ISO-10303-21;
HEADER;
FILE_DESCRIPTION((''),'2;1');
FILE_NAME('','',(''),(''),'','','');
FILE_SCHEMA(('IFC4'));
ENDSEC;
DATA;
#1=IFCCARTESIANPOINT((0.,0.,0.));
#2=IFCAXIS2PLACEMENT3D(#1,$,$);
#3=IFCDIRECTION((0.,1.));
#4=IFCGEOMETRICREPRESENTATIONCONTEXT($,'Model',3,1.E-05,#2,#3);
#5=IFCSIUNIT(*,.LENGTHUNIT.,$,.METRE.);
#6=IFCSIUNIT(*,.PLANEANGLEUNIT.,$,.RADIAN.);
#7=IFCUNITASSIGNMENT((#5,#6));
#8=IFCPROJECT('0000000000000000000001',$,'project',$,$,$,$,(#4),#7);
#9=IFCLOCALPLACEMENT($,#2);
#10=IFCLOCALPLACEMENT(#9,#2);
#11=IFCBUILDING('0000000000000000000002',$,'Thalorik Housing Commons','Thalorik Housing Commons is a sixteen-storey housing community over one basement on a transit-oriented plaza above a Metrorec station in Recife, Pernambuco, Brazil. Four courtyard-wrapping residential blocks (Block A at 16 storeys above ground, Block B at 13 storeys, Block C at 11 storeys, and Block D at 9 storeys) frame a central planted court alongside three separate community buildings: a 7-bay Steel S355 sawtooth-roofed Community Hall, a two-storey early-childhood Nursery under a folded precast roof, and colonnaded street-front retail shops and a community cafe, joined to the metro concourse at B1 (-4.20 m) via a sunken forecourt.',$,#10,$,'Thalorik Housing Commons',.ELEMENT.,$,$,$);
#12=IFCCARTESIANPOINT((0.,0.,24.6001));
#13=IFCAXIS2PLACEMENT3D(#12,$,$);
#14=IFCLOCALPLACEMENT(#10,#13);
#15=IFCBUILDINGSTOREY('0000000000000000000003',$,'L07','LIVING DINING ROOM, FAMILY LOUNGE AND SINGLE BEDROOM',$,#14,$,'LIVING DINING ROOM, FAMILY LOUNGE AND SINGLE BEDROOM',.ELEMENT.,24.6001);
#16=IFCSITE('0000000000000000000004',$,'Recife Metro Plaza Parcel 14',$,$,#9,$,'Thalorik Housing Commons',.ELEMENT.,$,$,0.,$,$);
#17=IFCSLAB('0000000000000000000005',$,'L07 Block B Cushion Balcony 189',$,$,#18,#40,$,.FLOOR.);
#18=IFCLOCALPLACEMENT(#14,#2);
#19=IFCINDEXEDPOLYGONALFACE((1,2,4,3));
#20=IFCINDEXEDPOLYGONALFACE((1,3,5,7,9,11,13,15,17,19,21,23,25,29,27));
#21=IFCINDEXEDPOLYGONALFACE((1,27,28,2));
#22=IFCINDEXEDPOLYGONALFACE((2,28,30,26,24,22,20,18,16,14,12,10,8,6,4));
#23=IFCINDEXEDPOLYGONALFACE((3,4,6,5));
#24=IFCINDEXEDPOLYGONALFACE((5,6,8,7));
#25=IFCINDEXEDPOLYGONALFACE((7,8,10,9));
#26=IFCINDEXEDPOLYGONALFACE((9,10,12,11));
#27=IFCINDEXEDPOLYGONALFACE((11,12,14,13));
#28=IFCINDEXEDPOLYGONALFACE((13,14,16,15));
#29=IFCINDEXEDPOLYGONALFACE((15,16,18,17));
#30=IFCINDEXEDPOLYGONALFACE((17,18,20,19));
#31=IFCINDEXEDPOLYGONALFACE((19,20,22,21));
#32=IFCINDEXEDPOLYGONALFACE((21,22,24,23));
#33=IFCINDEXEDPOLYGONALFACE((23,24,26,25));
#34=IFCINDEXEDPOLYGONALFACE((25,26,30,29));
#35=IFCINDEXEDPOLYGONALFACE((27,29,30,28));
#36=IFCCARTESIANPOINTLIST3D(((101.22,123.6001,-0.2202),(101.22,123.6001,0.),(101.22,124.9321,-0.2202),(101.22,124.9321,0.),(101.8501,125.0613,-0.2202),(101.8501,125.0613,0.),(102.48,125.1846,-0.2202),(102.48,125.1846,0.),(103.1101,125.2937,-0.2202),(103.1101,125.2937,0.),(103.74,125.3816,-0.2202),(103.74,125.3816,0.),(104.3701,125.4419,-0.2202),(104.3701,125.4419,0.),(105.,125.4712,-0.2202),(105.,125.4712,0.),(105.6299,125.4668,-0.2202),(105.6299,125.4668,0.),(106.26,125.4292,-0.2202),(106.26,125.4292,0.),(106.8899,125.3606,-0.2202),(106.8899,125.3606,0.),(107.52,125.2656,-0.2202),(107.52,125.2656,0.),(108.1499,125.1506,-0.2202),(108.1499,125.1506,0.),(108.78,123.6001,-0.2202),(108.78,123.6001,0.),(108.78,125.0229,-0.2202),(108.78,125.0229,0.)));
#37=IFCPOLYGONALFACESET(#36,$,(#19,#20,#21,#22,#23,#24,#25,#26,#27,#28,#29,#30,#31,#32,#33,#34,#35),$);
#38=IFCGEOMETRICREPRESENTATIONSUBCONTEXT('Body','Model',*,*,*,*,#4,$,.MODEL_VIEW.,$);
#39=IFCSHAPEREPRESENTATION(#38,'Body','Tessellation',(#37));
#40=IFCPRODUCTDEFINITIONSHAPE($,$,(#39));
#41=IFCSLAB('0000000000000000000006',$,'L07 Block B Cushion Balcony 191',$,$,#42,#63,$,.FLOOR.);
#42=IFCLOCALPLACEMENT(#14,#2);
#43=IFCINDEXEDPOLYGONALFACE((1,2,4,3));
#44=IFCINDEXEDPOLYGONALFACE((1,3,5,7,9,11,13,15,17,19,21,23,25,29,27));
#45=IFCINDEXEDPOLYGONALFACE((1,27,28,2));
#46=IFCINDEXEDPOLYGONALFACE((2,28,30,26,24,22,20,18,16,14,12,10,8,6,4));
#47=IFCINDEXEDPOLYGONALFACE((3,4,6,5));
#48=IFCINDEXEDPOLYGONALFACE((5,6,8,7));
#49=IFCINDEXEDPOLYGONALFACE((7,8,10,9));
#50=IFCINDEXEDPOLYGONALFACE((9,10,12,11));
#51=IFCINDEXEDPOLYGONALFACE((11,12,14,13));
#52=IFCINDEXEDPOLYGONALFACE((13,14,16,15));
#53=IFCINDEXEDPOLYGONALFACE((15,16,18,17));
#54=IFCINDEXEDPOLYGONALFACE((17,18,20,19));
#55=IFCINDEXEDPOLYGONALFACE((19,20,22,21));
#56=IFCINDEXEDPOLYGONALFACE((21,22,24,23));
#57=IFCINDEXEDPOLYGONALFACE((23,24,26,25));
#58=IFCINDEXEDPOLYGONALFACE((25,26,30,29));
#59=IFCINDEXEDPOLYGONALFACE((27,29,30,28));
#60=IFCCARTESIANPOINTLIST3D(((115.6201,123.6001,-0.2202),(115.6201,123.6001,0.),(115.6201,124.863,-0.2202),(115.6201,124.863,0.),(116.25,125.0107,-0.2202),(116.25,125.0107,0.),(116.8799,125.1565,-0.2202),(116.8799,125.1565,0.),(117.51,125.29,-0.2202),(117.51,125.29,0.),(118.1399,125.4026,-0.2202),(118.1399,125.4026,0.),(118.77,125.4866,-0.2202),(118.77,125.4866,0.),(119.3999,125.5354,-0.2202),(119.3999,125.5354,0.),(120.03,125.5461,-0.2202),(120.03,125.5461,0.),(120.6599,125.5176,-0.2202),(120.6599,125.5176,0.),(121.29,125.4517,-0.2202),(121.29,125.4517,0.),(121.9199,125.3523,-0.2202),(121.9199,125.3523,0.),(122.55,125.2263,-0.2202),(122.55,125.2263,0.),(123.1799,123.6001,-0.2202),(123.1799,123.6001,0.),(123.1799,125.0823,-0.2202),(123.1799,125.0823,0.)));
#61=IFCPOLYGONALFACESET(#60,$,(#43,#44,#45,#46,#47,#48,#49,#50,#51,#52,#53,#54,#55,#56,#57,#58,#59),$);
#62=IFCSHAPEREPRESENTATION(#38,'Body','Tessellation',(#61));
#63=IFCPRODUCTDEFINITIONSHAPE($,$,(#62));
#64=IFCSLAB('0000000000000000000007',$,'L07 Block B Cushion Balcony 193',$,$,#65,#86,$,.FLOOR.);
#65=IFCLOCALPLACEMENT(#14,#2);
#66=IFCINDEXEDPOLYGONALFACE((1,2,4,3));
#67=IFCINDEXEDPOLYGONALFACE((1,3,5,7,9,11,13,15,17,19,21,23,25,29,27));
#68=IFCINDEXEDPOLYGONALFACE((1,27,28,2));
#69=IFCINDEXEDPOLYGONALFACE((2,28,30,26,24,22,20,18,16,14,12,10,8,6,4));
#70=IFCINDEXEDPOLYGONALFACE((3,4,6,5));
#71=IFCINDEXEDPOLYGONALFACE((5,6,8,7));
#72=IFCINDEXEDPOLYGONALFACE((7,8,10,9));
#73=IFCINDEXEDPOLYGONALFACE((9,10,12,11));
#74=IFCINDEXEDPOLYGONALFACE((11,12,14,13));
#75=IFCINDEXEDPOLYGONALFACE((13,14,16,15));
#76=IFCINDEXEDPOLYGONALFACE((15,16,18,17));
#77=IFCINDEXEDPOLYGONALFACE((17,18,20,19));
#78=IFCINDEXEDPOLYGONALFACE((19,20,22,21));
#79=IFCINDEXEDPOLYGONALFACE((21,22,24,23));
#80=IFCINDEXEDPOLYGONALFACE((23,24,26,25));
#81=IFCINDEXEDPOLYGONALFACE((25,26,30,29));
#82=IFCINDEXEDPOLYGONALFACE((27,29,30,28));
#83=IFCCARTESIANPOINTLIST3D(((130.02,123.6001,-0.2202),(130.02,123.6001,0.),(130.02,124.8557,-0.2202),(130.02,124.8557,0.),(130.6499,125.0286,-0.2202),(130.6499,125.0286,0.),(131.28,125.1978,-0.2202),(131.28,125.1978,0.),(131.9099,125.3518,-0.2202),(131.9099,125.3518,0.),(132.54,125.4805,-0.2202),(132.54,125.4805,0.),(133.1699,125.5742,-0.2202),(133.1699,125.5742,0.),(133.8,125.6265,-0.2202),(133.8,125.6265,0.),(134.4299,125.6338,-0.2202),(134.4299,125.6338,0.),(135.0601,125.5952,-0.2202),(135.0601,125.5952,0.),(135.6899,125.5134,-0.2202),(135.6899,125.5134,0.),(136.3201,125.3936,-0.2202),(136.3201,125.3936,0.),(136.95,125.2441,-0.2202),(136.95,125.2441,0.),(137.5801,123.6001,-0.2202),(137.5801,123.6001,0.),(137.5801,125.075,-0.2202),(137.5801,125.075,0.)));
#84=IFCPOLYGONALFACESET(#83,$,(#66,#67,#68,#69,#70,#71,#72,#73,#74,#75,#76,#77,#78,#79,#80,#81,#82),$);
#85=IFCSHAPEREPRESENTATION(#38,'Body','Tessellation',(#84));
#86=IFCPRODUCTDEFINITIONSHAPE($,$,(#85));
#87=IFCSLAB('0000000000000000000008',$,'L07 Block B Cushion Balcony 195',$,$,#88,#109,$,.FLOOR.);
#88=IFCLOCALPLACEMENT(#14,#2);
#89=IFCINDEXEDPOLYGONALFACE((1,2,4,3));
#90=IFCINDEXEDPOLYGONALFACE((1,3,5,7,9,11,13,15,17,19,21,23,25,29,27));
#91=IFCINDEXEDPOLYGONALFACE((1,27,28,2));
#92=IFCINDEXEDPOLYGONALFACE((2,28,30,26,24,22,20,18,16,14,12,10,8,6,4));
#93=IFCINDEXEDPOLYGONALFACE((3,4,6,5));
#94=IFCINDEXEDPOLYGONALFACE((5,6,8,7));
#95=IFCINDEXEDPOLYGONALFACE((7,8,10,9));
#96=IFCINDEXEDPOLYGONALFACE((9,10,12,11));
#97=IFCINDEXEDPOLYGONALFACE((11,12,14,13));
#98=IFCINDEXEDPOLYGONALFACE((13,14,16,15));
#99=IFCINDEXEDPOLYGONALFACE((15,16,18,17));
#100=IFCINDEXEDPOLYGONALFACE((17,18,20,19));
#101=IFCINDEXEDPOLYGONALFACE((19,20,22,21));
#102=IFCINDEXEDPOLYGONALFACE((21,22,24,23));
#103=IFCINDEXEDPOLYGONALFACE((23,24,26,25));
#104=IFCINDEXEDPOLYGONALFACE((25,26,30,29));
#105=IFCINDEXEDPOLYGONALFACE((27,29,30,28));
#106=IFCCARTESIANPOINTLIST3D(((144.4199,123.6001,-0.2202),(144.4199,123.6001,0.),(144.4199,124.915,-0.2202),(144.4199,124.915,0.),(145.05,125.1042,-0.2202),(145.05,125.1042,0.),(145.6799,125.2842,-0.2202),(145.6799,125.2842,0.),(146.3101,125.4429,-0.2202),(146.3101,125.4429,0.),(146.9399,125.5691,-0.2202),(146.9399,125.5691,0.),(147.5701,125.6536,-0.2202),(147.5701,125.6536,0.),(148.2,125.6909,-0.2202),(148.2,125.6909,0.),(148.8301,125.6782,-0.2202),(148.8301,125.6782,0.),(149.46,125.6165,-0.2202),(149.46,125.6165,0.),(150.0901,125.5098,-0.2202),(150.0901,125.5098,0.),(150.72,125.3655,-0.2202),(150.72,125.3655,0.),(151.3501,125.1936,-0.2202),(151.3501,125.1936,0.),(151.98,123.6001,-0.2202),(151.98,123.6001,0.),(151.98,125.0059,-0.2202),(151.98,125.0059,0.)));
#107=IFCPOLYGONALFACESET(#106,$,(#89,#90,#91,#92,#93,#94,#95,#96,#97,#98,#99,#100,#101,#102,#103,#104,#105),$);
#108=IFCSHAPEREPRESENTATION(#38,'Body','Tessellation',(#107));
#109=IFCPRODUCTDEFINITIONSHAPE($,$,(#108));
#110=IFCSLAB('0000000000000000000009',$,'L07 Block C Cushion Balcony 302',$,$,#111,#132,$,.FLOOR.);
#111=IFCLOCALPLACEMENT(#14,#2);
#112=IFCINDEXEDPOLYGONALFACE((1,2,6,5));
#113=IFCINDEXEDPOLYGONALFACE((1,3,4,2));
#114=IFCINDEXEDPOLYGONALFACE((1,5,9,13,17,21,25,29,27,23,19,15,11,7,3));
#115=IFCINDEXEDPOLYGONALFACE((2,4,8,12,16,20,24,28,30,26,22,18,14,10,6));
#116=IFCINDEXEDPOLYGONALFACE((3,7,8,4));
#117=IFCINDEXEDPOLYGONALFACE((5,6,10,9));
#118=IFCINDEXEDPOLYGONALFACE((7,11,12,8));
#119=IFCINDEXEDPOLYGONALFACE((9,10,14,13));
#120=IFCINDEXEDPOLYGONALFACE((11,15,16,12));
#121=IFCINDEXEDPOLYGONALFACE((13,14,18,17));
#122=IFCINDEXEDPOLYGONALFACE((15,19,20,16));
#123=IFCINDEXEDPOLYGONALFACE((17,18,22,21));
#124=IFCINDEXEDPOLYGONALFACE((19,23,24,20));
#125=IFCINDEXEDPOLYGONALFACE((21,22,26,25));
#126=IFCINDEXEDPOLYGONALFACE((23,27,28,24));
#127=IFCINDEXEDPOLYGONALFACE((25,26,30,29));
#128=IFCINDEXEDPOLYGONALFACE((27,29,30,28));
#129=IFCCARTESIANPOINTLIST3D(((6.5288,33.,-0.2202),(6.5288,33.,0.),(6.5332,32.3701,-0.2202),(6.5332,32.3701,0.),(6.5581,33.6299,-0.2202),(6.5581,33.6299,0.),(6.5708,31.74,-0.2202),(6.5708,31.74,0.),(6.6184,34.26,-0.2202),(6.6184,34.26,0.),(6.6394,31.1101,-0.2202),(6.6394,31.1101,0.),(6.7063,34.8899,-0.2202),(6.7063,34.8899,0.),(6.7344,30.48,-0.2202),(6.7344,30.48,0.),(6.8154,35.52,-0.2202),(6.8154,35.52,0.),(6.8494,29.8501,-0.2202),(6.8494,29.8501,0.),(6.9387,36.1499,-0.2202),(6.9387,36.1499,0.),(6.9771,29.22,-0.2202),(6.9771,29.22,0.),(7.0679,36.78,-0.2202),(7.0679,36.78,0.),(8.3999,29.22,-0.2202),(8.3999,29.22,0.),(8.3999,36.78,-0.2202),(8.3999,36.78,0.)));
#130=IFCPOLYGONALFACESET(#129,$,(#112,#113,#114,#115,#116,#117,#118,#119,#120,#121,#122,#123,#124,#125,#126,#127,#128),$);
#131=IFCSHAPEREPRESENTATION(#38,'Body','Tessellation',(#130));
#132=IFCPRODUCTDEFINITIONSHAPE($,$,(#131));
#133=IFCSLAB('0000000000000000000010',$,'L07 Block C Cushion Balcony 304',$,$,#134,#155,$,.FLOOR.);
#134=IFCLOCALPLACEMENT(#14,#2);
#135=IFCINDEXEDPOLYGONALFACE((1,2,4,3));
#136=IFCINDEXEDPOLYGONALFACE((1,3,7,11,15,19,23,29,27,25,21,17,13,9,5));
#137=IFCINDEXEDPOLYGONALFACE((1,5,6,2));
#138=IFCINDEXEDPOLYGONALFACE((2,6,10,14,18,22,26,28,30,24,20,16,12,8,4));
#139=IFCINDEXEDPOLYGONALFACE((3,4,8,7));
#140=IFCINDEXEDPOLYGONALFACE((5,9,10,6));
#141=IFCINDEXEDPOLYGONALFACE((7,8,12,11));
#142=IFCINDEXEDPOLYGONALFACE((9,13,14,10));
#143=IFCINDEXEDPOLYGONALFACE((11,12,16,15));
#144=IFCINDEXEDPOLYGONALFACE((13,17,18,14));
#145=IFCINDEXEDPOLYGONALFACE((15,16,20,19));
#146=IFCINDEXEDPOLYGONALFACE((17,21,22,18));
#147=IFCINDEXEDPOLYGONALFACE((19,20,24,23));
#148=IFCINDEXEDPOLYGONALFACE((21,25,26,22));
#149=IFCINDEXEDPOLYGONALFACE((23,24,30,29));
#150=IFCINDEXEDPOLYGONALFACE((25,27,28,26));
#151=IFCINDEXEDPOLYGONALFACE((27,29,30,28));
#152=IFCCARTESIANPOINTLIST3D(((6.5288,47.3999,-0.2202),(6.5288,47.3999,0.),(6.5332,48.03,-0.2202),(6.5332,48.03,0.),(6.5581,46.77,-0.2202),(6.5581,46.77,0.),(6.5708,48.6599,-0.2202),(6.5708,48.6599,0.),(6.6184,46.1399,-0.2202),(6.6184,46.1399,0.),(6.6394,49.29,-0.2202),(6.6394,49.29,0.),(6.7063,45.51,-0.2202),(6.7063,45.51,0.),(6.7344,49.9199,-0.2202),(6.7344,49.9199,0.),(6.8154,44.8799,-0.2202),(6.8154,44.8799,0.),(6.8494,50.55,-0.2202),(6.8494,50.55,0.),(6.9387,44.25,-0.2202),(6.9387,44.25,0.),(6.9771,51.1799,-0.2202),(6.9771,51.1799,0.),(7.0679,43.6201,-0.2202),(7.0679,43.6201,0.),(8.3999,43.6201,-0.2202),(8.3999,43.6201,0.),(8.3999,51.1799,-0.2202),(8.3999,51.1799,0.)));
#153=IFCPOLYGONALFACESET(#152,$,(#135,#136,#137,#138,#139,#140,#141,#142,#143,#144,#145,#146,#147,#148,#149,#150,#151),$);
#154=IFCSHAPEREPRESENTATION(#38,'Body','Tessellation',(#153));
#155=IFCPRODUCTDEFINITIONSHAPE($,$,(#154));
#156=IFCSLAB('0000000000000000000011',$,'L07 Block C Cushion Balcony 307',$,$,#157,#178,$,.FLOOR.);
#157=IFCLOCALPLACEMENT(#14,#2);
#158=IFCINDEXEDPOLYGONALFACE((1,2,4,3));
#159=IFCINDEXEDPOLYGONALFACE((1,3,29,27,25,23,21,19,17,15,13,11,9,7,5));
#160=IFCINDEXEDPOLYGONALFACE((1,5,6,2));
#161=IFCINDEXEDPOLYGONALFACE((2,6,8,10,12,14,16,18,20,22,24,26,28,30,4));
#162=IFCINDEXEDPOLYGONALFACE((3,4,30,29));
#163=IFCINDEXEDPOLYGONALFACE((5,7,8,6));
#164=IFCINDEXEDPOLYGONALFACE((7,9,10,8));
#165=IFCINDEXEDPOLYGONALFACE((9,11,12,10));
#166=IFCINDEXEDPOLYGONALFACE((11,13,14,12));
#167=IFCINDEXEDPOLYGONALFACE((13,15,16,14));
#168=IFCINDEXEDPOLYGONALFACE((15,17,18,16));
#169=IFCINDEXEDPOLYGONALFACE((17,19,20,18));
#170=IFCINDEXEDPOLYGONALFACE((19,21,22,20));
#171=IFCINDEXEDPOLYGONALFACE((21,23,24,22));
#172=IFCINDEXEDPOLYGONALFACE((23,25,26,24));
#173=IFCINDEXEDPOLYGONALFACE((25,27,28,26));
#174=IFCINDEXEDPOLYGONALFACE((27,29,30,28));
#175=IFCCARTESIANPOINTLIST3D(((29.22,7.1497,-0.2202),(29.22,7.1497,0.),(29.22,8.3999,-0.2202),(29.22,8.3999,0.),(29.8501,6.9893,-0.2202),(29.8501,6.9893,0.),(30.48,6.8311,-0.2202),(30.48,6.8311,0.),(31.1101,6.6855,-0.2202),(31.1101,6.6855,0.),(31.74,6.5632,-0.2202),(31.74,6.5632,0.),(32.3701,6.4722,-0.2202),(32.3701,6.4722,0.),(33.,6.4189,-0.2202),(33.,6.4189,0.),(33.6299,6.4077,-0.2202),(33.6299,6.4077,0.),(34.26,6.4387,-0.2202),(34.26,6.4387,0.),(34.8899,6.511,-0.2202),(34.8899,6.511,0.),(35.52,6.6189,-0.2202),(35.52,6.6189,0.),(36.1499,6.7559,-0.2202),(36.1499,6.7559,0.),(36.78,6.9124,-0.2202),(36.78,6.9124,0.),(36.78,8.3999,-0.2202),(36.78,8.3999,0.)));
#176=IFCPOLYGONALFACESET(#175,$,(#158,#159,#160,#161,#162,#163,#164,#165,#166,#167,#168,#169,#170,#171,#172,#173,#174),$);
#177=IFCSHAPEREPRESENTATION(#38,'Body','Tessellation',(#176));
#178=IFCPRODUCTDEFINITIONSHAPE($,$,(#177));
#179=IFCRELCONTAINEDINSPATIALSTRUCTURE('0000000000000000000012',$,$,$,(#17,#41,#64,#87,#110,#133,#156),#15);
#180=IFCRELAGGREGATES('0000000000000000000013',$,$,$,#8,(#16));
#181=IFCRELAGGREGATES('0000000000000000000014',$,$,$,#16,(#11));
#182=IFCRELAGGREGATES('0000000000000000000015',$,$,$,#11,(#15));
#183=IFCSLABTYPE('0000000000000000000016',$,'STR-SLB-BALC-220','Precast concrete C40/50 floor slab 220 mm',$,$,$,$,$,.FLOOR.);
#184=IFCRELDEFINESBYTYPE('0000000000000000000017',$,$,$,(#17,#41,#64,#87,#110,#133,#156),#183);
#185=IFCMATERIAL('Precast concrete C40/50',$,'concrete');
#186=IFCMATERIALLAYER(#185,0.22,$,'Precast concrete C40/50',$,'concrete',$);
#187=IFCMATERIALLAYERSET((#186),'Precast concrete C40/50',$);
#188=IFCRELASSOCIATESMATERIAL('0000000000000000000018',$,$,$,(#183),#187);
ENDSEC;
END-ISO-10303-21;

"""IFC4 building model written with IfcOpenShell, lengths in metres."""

from ifc_helpers import new_model, si_unit, direction, frame, origin, place, context, subcontext, project, spatial, polyline, outline, extrude, material, layer, layer_set, type_object, element, save


model = new_model("IFC4")

# Units and contexts
model_context = context("Model", 3, precision=1e-05, world=origin(), true_north=direction((0.0, 1.0)))
body_context = subcontext(model_context, "Body", "Model", "MODEL_VIEW")
ifc_project = project(units=[si_unit("LENGTHUNIT", "METRE"), si_unit("PLANEANGLEUNIT", "RADIAN")], contexts=[model_context])

# Site, building, storey
site_placement = place(None, origin())
site = spatial("IfcSite", under=ifc_project, at=site_placement, Name="Recife Metro Plaza Parcel 14", LongName="Thalorik Housing Commons", CompositionType="ELEMENT", RefElevation=0.0)
building_placement = place(site_placement, origin())
building = spatial("IfcBuilding", under=site, at=building_placement, Name="Thalorik Housing Commons", Description="Thalorik Housing Commons is a sixteen-storey housing community over one basement on a transit-oriented plaza above a Metrorec station in Recife, Pernambuco, Brazil. Four courtyard-wrapping residential blocks (Block A at 16 storeys above ground, Block B at 13 storeys, Block C at 11 storeys, and Block D at 9 storeys) frame a central planted court alongside three separate community buildings: a 7-bay Steel S355 sawtooth-roofed Community Hall, a two-storey early-childhood Nursery under a folded precast roof, and colonnaded street-front retail shops and a community cafe, joined to the metro concourse at B1 (-4.20 m) via a sunken forecourt.", LongName="Thalorik Housing Commons", CompositionType="ELEMENT")
storey_placement = place(building_placement, frame((0.0, 0.0, 24.6001)))
storey = spatial("IfcBuildingStorey", under=building, at=storey_placement, Name="L07", Description="LIVING DINING ROOM, FAMILY LOUNGE AND SINGLE BEDROOM", LongName="LIVING DINING ROOM, FAMILY LOUNGE AND SINGLE BEDROOM", CompositionType="ELEMENT", Elevation=24.6001)

# Slabs
ifc_material_1 = material(Name="Precast concrete C40/50", Category="concrete")
ifc_layer_1 = layer(ifc_material_1, 0.22, Name="Precast concrete C40/50", Category="concrete")
ifc_layer_set_1 = layer_set([ifc_layer_1], Name="Precast concrete C40/50")
slab_type_1 = type_object("IfcSlabType", Name="STR-SLB-BALC-220", Description="Precast concrete C40/50 floor slab 220 mm", PredefinedType="FLOOR", material=ifc_layer_set_1)
slab_1_placement = place(storey_placement, frame((0.0, 0.0, -0.2202)))
element("IfcSlab", 1, at=slab_1_placement, inside=storey, type_object=slab_type_1, Name="L07 Block B Cushion Balcony 189", PredefinedType="FLOOR", context=body_context, shape_type="SweptSolid", body=[
    extrude(outline(polyline([(101.22, 123.6001), (108.78, 123.6001), (108.78, 125.0229), (108.1499, 125.1506), (107.52, 125.2656), (106.8899, 125.3606), (106.26, 125.4292), (105.6299, 125.4668), (105.0, 125.4712), (104.3701, 125.4419), (103.74, 125.3816), (103.1101, 125.2937), (102.48, 125.1846), (101.8501, 125.0613), (101.22, 124.9321), (101.22, 123.6001)])), origin(), (0.0, 0.0, 1.0), 0.2202),
])
slab_2_placement = place(storey_placement, frame((0.0, 0.0, -0.2202)))
element("IfcSlab", 2, at=slab_2_placement, inside=storey, type_object=slab_type_1, Name="L07 Block B Cushion Balcony 191", PredefinedType="FLOOR", context=body_context, shape_type="SweptSolid", body=[
    extrude(outline(polyline([(115.6201, 123.6001), (123.1799, 123.6001), (123.1799, 125.0823), (122.55, 125.2263), (121.9199, 125.3523), (121.29, 125.4517), (120.6599, 125.5176), (120.03, 125.5461), (119.3999, 125.5354), (118.77, 125.4866), (118.1399, 125.4026), (117.51, 125.29), (116.8799, 125.1565), (116.25, 125.0107), (115.6201, 124.863), (115.6201, 123.6001)])), origin(), (0.0, 0.0, 1.0), 0.2202),
])
slab_3_placement = place(storey_placement, frame((0.0, 0.0, -0.2202)))
element("IfcSlab", 3, at=slab_3_placement, inside=storey, type_object=slab_type_1, Name="L07 Block B Cushion Balcony 193", PredefinedType="FLOOR", context=body_context, shape_type="SweptSolid", body=[
    extrude(outline(polyline([(130.02, 123.6001), (137.5801, 123.6001), (137.5801, 125.075), (136.95, 125.2441), (136.3201, 125.3936), (135.6899, 125.5134), (135.0601, 125.5952), (134.4299, 125.6338), (133.8, 125.6265), (133.1699, 125.5742), (132.54, 125.4805), (131.9099, 125.3518), (131.28, 125.1978), (130.6499, 125.0286), (130.02, 124.8557), (130.02, 123.6001)])), origin(), (0.0, 0.0, 1.0), 0.2202),
])
slab_4_placement = place(storey_placement, frame((0.0, 0.0, -0.2202)))
element("IfcSlab", 4, at=slab_4_placement, inside=storey, type_object=slab_type_1, Name="L07 Block B Cushion Balcony 195", PredefinedType="FLOOR", context=body_context, shape_type="SweptSolid", body=[
    extrude(outline(polyline([(144.4199, 123.6001), (151.98, 123.6001), (151.98, 125.0059), (151.3501, 125.1936), (150.72, 125.3655), (150.0901, 125.5098), (149.46, 125.6165), (148.8301, 125.6782), (148.2, 125.6909), (147.5701, 125.6536), (146.9399, 125.5691), (146.3101, 125.4429), (145.6799, 125.2842), (145.05, 125.1042), (144.4199, 124.915), (144.4199, 123.6001)])), origin(), (0.0, 0.0, 1.0), 0.2202),
])
slab_5_placement = place(storey_placement, frame((0.0, 0.0, -0.2202)))
element("IfcSlab", 5, at=slab_5_placement, inside=storey, type_object=slab_type_1, Name="L07 Block C Cushion Balcony 302", PredefinedType="FLOOR", context=body_context, shape_type="SweptSolid", body=[
    extrude(outline(polyline([(8.3999, 29.22), (8.3999, 36.78), (7.0679, 36.78), (6.9387, 36.1499), (6.8154, 35.52), (6.7063, 34.8899), (6.6184, 34.26), (6.5581, 33.6299), (6.5288, 33.0), (6.5332, 32.3701), (6.5708, 31.74), (6.6394, 31.1101), (6.7344, 30.48), (6.8494, 29.8501), (6.9771, 29.22), (8.3999, 29.22)])), origin(), (0.0, 0.0, 1.0), 0.2202),
])
slab_6_placement = place(storey_placement, frame((0.0, 0.0, -0.2202)))
element("IfcSlab", 6, at=slab_6_placement, inside=storey, type_object=slab_type_1, Name="L07 Block C Cushion Balcony 304", PredefinedType="FLOOR", context=body_context, shape_type="SweptSolid", body=[
    extrude(outline(polyline([(8.3999, 43.6201), (8.3999, 51.1799), (6.9771, 51.1799), (6.8494, 50.55), (6.7344, 49.9199), (6.6394, 49.29), (6.5708, 48.6599), (6.5332, 48.03), (6.5288, 47.3999), (6.5581, 46.77), (6.6184, 46.1399), (6.7063, 45.51), (6.8154, 44.8799), (6.9387, 44.25), (7.0679, 43.6201), (8.3999, 43.6201)])), origin(), (0.0, 0.0, 1.0), 0.2202),
])
slab_7_placement = place(storey_placement, frame((0.0, 0.0, -0.2202)))
element("IfcSlab", 7, at=slab_7_placement, inside=storey, type_object=slab_type_1, Name="L07 Block C Cushion Balcony 307", PredefinedType="FLOOR", context=body_context, shape_type="SweptSolid", body=[
    extrude(outline(polyline([(29.22, 7.1497), (29.8501, 6.9893), (30.48, 6.8311), (31.1101, 6.6855), (31.74, 6.5632), (32.3701, 6.4722), (33.0, 6.4189), (33.6299, 6.4077), (34.26, 6.4387), (34.8899, 6.511), (35.52, 6.6189), (36.1499, 6.7559), (36.78, 6.9124), (36.78, 8.3999), (29.22, 8.3999), (29.22, 7.1497)])), origin(), (0.0, 0.0, 1.0), 0.2202),
])

save(model, "model.ifc")
